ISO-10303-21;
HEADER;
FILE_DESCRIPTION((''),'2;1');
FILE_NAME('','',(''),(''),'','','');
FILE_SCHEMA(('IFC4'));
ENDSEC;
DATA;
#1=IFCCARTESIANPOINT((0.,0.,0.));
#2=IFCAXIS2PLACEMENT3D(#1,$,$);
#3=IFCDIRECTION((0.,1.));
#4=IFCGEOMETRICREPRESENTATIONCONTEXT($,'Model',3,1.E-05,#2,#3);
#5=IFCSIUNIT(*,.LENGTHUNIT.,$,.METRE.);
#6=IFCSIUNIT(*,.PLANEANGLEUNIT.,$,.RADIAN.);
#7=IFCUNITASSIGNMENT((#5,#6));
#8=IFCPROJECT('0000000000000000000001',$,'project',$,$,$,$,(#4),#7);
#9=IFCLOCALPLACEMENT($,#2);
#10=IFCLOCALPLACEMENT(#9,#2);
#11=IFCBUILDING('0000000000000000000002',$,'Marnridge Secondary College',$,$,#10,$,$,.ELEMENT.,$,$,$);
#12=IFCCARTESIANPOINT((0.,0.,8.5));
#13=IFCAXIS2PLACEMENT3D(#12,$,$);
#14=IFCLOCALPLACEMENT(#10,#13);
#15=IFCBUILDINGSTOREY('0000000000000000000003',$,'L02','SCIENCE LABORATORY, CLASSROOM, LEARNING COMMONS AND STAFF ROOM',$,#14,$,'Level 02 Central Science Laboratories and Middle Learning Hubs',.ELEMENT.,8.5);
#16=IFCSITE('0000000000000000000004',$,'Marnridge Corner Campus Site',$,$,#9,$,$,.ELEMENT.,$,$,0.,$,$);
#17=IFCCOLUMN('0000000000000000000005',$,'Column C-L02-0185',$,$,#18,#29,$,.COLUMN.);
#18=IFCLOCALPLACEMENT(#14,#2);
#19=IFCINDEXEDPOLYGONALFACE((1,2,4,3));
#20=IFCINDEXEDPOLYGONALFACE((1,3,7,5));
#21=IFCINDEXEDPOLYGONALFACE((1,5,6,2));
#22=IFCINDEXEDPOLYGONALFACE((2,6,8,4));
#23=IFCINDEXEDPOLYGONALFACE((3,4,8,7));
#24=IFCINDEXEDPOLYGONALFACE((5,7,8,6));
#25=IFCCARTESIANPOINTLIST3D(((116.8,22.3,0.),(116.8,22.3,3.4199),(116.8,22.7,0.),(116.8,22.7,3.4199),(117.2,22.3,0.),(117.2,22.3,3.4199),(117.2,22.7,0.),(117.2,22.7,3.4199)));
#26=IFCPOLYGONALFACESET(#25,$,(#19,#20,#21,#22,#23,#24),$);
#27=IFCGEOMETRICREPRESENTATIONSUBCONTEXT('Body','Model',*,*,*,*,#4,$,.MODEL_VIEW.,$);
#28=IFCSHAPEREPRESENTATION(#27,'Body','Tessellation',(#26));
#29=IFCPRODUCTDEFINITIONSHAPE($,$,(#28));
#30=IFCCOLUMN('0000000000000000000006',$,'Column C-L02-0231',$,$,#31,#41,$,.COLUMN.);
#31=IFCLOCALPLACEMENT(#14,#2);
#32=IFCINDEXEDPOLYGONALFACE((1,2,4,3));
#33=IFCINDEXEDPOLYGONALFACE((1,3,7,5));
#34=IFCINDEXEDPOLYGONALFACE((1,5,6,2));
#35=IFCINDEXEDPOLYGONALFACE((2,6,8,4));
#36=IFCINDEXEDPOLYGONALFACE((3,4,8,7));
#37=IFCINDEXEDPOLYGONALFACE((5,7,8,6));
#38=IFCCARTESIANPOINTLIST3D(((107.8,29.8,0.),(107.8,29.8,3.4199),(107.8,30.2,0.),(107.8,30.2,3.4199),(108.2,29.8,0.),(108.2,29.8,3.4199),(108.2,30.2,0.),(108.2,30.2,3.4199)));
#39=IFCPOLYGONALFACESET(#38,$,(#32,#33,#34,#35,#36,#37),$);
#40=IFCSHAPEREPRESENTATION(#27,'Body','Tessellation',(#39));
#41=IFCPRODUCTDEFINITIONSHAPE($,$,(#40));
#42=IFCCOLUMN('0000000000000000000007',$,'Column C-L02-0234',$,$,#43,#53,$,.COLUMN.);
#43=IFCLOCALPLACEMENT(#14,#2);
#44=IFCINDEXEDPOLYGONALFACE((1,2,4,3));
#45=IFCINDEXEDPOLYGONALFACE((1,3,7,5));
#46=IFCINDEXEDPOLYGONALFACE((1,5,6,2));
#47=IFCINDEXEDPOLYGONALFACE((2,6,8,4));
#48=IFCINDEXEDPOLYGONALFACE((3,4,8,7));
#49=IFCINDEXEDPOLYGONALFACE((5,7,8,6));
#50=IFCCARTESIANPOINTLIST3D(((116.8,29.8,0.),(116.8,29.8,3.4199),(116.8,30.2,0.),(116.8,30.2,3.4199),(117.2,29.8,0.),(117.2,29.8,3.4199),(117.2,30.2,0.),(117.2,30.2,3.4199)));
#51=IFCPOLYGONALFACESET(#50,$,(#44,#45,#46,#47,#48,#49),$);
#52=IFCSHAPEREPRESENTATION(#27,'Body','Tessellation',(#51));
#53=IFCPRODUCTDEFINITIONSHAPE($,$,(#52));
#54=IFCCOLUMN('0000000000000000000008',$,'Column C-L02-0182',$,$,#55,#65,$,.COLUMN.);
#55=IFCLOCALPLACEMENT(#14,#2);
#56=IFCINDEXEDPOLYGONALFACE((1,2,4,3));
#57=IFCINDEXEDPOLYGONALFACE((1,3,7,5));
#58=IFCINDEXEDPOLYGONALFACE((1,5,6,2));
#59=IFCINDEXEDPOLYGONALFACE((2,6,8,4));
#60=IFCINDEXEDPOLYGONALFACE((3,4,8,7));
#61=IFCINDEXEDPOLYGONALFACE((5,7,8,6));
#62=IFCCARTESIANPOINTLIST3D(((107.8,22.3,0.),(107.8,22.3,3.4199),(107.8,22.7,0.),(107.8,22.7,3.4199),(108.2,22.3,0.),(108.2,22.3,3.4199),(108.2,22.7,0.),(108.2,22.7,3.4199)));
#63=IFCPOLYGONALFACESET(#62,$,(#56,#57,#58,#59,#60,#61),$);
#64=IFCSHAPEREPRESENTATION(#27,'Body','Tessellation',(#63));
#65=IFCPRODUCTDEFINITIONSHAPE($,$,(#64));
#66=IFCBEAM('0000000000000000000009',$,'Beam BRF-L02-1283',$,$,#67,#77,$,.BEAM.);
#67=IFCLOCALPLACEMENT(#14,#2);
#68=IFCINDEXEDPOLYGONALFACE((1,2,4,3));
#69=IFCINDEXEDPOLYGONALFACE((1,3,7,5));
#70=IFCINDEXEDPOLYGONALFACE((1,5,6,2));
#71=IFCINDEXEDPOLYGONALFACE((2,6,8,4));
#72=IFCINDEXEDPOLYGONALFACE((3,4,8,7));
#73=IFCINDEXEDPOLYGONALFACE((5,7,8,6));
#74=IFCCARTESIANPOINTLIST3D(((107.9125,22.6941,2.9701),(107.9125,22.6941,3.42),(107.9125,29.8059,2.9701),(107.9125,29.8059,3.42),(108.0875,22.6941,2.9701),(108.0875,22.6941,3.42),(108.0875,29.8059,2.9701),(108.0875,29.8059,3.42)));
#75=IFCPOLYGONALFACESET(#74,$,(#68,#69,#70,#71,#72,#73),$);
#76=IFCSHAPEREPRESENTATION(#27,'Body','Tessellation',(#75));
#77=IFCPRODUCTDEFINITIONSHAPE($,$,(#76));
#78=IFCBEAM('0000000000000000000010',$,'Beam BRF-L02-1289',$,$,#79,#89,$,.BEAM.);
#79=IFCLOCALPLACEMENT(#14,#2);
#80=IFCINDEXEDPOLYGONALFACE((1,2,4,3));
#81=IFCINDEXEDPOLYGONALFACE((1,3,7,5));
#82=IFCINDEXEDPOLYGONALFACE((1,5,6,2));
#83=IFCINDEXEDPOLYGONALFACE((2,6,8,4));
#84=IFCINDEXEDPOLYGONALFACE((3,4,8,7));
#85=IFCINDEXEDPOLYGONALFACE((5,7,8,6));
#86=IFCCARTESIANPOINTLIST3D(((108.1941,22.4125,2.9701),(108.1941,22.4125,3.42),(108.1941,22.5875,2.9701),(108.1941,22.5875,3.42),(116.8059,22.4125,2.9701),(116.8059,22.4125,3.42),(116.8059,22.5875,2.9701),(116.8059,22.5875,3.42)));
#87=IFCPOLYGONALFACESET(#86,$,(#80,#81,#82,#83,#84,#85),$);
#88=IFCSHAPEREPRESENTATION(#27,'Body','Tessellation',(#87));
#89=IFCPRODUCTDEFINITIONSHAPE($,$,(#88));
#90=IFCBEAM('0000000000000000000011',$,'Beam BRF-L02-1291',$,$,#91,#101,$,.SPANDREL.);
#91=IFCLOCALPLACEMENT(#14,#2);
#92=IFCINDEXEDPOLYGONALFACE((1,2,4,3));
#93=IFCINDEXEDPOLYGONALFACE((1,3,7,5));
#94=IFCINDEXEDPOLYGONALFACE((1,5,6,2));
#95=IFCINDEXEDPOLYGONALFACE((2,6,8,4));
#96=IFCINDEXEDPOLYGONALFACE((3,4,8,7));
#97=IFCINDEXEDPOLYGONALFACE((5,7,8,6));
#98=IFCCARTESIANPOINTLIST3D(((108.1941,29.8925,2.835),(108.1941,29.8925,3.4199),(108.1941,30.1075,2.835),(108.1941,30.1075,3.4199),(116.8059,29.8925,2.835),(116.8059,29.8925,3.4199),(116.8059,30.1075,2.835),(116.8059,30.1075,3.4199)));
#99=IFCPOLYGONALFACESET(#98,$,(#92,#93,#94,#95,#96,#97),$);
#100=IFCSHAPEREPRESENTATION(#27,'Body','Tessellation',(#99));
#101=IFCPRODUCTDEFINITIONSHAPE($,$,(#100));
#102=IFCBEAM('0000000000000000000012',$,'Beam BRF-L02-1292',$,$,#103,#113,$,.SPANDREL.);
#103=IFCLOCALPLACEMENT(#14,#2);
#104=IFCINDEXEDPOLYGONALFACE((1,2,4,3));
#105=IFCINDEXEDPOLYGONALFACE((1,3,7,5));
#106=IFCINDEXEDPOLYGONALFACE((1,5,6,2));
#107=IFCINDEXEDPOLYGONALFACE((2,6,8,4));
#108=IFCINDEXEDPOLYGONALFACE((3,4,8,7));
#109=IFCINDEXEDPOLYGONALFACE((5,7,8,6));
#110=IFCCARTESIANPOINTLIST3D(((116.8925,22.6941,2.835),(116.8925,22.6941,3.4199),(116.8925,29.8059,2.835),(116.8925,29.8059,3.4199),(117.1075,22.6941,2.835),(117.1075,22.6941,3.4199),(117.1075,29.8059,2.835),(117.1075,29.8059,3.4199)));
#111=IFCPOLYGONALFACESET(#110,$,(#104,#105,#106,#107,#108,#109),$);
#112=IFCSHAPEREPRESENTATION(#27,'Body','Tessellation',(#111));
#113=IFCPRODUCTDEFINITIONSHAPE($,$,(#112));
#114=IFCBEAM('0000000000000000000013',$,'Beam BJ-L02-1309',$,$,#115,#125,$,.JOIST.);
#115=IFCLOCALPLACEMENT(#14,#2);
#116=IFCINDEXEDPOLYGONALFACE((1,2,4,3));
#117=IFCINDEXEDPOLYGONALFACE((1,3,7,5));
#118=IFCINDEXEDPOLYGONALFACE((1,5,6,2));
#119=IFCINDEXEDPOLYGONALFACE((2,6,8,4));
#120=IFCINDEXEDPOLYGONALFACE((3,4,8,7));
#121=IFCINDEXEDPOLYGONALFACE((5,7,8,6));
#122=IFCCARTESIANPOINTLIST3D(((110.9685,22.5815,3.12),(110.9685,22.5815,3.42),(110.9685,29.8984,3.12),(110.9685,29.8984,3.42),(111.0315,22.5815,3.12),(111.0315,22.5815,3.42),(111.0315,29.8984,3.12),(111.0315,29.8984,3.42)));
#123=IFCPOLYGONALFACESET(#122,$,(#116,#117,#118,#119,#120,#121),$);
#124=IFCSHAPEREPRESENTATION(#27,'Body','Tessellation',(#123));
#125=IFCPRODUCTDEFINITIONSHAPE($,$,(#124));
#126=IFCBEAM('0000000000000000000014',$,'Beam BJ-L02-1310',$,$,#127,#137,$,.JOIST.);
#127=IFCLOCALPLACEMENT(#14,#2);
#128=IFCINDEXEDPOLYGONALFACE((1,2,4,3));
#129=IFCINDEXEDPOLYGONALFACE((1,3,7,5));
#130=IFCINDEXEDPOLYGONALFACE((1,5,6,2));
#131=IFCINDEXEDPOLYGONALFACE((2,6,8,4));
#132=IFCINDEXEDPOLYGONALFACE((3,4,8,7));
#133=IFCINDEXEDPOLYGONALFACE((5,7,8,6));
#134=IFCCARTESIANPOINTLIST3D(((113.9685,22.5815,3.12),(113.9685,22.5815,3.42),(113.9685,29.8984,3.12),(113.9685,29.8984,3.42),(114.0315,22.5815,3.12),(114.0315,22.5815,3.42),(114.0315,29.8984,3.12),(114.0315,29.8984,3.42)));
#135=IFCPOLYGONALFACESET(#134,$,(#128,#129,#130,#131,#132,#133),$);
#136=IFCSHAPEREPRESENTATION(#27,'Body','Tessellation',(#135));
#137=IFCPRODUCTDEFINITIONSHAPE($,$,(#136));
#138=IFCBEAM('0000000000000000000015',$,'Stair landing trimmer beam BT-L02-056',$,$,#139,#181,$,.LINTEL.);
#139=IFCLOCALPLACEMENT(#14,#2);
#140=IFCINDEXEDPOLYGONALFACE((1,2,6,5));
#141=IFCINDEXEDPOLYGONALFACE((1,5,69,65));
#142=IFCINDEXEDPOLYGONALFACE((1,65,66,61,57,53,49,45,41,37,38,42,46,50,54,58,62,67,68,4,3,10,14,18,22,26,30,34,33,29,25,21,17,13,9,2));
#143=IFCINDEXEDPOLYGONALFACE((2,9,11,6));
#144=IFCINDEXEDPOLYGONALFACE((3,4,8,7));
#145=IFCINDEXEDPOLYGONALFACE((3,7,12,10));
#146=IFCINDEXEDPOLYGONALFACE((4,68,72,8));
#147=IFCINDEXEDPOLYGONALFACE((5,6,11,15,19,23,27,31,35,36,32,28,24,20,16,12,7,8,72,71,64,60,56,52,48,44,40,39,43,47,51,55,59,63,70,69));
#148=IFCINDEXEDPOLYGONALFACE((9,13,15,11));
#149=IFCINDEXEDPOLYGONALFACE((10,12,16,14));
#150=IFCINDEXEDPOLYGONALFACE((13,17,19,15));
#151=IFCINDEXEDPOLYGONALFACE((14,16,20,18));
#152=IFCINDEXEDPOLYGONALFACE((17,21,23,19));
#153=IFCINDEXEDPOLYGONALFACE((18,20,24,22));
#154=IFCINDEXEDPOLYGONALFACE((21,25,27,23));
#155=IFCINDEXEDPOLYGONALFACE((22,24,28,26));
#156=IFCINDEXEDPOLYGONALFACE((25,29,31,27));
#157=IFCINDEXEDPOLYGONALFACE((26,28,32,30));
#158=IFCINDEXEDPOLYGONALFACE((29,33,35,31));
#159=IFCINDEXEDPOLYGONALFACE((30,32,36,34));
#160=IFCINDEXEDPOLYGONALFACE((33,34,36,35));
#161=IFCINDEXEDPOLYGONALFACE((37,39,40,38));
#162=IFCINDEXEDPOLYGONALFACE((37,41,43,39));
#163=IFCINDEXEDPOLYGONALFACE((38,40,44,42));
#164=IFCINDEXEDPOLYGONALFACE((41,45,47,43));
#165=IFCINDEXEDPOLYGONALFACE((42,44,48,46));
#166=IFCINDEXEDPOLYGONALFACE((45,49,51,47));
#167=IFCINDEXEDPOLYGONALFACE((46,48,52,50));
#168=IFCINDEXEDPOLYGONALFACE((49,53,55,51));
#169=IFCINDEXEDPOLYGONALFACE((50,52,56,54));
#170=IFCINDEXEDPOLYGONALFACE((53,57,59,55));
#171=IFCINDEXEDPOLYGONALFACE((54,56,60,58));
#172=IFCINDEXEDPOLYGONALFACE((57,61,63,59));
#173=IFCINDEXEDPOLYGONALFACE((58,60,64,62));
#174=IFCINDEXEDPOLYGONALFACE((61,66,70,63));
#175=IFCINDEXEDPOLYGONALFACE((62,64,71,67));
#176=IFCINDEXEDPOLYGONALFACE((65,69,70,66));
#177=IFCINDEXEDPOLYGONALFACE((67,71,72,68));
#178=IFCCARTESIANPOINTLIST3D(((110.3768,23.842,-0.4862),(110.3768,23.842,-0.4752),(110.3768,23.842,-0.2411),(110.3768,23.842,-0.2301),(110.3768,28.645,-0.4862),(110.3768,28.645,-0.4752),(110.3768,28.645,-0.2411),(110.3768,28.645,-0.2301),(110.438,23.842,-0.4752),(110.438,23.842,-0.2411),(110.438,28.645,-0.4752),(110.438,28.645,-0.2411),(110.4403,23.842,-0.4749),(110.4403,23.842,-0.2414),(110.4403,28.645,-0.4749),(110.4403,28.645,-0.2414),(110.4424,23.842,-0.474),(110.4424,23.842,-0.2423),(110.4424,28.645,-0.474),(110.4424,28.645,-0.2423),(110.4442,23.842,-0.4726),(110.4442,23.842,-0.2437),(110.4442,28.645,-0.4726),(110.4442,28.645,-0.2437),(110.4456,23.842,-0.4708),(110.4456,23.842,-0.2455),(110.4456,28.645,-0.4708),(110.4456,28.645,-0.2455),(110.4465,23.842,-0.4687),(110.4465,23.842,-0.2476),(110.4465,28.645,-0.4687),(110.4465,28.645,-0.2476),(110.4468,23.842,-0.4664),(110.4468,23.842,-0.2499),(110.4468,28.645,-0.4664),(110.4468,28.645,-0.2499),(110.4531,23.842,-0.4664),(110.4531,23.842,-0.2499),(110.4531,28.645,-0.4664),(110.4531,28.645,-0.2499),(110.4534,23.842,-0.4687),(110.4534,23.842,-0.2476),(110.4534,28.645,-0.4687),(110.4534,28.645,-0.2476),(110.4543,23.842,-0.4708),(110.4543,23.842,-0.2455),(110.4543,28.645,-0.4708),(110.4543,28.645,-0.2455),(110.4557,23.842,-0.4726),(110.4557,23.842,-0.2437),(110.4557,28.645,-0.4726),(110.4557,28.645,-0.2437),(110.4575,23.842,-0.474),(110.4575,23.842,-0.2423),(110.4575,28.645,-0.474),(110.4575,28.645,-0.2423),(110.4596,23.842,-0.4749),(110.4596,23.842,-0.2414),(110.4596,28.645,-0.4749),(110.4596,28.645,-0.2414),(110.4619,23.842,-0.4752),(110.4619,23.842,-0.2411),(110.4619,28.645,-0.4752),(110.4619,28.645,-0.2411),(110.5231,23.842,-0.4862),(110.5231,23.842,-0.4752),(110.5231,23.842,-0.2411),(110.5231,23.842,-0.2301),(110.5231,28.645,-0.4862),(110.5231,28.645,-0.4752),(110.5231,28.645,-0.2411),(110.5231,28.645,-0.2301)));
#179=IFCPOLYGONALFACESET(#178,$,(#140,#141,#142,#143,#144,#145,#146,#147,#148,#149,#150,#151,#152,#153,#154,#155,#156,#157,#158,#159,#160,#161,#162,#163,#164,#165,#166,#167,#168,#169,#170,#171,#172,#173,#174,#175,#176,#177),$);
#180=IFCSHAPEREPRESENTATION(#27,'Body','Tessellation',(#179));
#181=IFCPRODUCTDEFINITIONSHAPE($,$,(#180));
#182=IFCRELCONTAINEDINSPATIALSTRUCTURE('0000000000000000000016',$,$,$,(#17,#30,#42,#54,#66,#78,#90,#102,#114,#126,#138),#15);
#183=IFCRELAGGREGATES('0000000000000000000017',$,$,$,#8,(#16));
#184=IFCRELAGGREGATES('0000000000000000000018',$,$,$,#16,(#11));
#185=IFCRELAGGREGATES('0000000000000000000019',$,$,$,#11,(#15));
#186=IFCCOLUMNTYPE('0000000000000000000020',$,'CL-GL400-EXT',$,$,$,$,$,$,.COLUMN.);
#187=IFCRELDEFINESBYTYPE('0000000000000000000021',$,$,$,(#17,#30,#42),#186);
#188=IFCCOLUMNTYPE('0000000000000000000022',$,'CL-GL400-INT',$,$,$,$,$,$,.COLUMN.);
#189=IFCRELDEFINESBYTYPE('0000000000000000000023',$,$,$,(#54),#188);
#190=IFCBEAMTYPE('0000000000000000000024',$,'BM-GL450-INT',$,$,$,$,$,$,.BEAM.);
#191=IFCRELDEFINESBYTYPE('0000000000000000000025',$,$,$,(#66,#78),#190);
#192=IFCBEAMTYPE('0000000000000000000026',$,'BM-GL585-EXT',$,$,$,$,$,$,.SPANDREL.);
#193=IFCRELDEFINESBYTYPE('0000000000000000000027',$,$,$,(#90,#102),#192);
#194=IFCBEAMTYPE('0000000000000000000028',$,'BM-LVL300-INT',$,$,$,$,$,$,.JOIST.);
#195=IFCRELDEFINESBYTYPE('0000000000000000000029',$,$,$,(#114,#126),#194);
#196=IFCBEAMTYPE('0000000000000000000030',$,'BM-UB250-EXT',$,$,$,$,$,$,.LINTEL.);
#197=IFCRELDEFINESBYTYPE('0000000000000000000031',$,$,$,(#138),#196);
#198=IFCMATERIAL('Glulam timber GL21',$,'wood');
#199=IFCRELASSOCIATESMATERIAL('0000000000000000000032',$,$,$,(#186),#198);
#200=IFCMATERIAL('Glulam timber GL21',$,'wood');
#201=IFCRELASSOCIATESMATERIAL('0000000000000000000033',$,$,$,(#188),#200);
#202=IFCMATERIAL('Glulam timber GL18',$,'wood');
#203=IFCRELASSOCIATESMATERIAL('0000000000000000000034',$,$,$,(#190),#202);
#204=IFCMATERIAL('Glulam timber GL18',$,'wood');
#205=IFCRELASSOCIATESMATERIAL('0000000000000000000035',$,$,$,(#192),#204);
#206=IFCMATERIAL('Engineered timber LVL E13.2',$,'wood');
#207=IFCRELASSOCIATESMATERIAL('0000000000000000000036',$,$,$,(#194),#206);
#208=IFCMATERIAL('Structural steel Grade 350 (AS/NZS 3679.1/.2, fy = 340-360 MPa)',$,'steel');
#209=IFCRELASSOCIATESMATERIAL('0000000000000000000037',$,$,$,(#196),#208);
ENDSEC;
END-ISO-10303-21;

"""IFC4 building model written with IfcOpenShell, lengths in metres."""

from ifc_helpers import new_model, si_unit, direction, frame, origin, origin_2d, place, context, subcontext, project, spatial, rectangle, i_section, extrude, material, material_profile, profile_set, type_object, element, save


model = new_model("IFC4")

# Units and contexts
model_context = context("Model", 3, precision=1e-05, world=origin(), true_north=direction((0.0, 1.0)))
body_context = subcontext(model_context, "Body", "Model", "MODEL_VIEW")
ifc_project = project(units=[si_unit("LENGTHUNIT", "METRE"), si_unit("PLANEANGLEUNIT", "RADIAN")], contexts=[model_context])

# Site, building, storey
site_placement = place(None, origin())
site = spatial("IfcSite", under=ifc_project, at=site_placement, Name="Marnridge Corner Campus Site", CompositionType="ELEMENT", RefElevation=0.0)
building_placement = place(site_placement, origin())
building = spatial("IfcBuilding", under=site, at=building_placement, Name="Marnridge Secondary College", CompositionType="ELEMENT")
storey_placement = place(building_placement, frame((0.0, 0.0, 8.5)))
storey = spatial("IfcBuildingStorey", under=building, at=storey_placement, Name="L02", Description="SCIENCE LABORATORY, CLASSROOM, LEARNING COMMONS AND STAFF ROOM", LongName="Level 02 Central Science Laboratories and Middle Learning Hubs", CompositionType="ELEMENT", Elevation=8.5)

# Columns
ifc_material_1 = material(Name="Glulam timber GL21", Category="wood")
ifc_material_profile_1 = material_profile(ifc_material_1, rectangle(XDim=0.3999, YDim=0.3999, at=origin_2d()), Name="GL21 400x400")
ifc_profile_set_1 = profile_set([ifc_material_profile_1], Name="Glulam timber GL21")
column_type_1 = type_object("IfcColumnType", Name="CL-GL400-EXT", PredefinedType="COLUMN", material=ifc_profile_set_1)
for number, where, z_axis, x_axis, name in (
    (1, (117.0, 22.5, 0.0), (0.0, 0.0, 1.0), (1.0, 0.0, 0.0), "Column C-L02-0185"),
    (2, (108.0, 30.0, 0.0), (0.0, 0.0, 1.0), (1.0, 0.0, 0.0), "Column C-L02-0231"),
    (3, (117.0, 30.0, 0.0), (0.0, 0.0, 1.0), (1.0, 0.0, 0.0), "Column C-L02-0234"),
):
    element("IfcColumn", number, at=place(storey_placement, frame(where, z_axis=z_axis, x_axis=x_axis)), inside=storey, type_object=column_type_1, Name=name, PredefinedType="COLUMN", context=body_context, shape_type="SweptSolid", body=[
        extrude(rectangle(XDim=0.3999, YDim=0.3999, at=origin_2d()), origin(), (0.0, 0.0, 1.0), 3.4199),
    ])
ifc_material_2 = material(Name="Glulam timber GL21", Category="wood")
ifc_material_profile_2 = material_profile(ifc_material_2, rectangle(XDim=0.3999, YDim=0.3999, at=origin_2d()), Name="GL21 400x400")
ifc_profile_set_2 = profile_set([ifc_material_profile_2], Name="Glulam timber GL21")
column_type_2 = type_object("IfcColumnType", Name="CL-GL400-INT", PredefinedType="COLUMN", material=ifc_profile_set_2)
column_placement = place(storey_placement, frame((108.0, 22.5, 0.0), z_axis=(0.0, 0.0, 1.0), x_axis=(1.0, 0.0, 0.0)))
element("IfcColumn", 4, at=column_placement, inside=storey, type_object=column_type_2, Name="Column C-L02-0182", PredefinedType="COLUMN", context=body_context, shape_type="SweptSolid", body=[
    extrude(rectangle(XDim=0.3999, YDim=0.3999, at=origin_2d()), origin(), (0.0, 0.0, 1.0), 3.4199),
])

# Beams
ifc_material_3 = material(Name="Glulam timber GL18", Category="wood")
ifc_material_profile_3 = material_profile(ifc_material_3, rectangle(XDim=0.175, YDim=0.45, at=origin_2d()), Name="GL18 175x450")
ifc_profile_set_3 = profile_set([ifc_material_profile_3], Name="Glulam timber GL18")
beam_type_1 = type_object("IfcBeamType", Name="BM-GL450-INT", PredefinedType="BEAM", material=ifc_profile_set_3)
beam_1_placement = place(storey_placement, frame((108.0, 22.6941, 3.1951), z_axis=(0.0, 1.0, 0.0), x_axis=(-1.0, 0.0, 0.0)))
element("IfcBeam", 5, at=beam_1_placement, inside=storey, type_object=beam_type_1, Name="Beam BRF-L02-1283", PredefinedType="BEAM", context=body_context, shape_type="SweptSolid", body=[
    extrude(rectangle(XDim=0.175, YDim=0.45, at=origin_2d()), origin(), (0.0, 0.0, 1.0), 7.1118),
])
beam_2_placement = place(storey_placement, frame((108.1941, 22.5, 3.1951), z_axis=(1.0, 0.0, 0.0), x_axis=(0.0, 1.0, 0.0)))
element("IfcBeam", 6, at=beam_2_placement, inside=storey, type_object=beam_type_1, Name="Beam BRF-L02-1289", PredefinedType="BEAM", context=body_context, shape_type="SweptSolid", body=[
    extrude(rectangle(XDim=0.175, YDim=0.45, at=origin_2d()), origin(), (0.0, 0.0, 1.0), 8.6118),
])
ifc_material_4 = material(Name="Glulam timber GL18", Category="wood")
ifc_material_profile_4 = material_profile(ifc_material_4, rectangle(XDim=0.2151, YDim=0.585, at=origin_2d()), Name="GL18 215x585")
ifc_profile_set_4 = profile_set([ifc_material_profile_4], Name="Glulam timber GL18")
beam_type_2 = type_object("IfcBeamType", Name="BM-GL585-EXT", PredefinedType="SPANDREL", material=ifc_profile_set_4)
beam_3_placement = place(storey_placement, frame((108.1941, 30.0, 3.1274), z_axis=(1.0, 0.0, 0.0), x_axis=(0.0, 1.0, 0.0)))
element("IfcBeam", 7, at=beam_3_placement, inside=storey, type_object=beam_type_2, Name="Beam BRF-L02-1291", PredefinedType="SPANDREL", context=body_context, shape_type="SweptSolid", body=[
    extrude(rectangle(XDim=0.2151, YDim=0.585, at=origin_2d()), origin(), (0.0, 0.0, 1.0), 8.6118),
])
beam_4_placement = place(storey_placement, frame((117.0, 22.6941, 3.1274), z_axis=(0.0, 1.0, 0.0), x_axis=(-1.0, 0.0, 0.0)))
element("IfcBeam", 8, at=beam_4_placement, inside=storey, type_object=beam_type_2, Name="Beam BRF-L02-1292", PredefinedType="SPANDREL", context=body_context, shape_type="SweptSolid", body=[
    extrude(rectangle(XDim=0.2151, YDim=0.585, at=origin_2d()), origin(), (0.0, 0.0, 1.0), 7.1118),
])
ifc_material_5 = material(Name="Engineered timber LVL E13.2", Category="wood")
ifc_material_profile_5 = material_profile(ifc_material_5, rectangle(XDim=0.063, YDim=0.3, at=origin_2d()), Name="LVL 63x300")
ifc_profile_set_5 = profile_set([ifc_material_profile_5], Name="Engineered timber LVL E13.2")
beam_type_3 = type_object("IfcBeamType", Name="BM-LVL300-INT", PredefinedType="JOIST", material=ifc_profile_set_5)
for number, where, z_axis, x_axis, name in (
    (9, (111.0, 22.5815, 3.27), (0.0, 1.0, 0.0), (-1.0, 0.0, 0.0), "Beam BJ-L02-1309"),
    (10, (114.0, 22.5815, 3.27), (0.0, 1.0, 0.0), (-1.0, 0.0, 0.0), "Beam BJ-L02-1310"),
):
    element("IfcBeam", number, at=place(storey_placement, frame(where, z_axis=z_axis, x_axis=x_axis)), inside=storey, type_object=beam_type_3, Name=name, PredefinedType="JOIST", context=body_context, shape_type="SweptSolid", body=[
        extrude(rectangle(XDim=0.063, YDim=0.3, at=origin_2d()), origin(), (0.0, 0.0, 1.0), 7.3169),
    ])
ifc_material_6 = material(Name="Structural steel Grade 350 (AS/NZS 3679.1/.2, fy = 340-360 MPa)", Category="steel")
ifc_material_profile_6 = material_profile(ifc_material_6, i_section(OverallWidth=0.1462, OverallDepth=0.2561, WebThickness=0.0063, FlangeThickness=0.011, FilletRadius=0.0088, at=origin_2d()), Name="250UB37.3")
ifc_profile_set_6 = profile_set([ifc_material_profile_6], Name="Structural steel Grade 350 (AS/NZS 3679.1/.2, fy = 340-360 MPa)")
beam_type_4 = type_object("IfcBeamType", Name="BM-UB250-EXT", PredefinedType="LINTEL", material=ifc_profile_set_6)
beam_5_placement = place(storey_placement, frame((110.45, 23.842, -0.3582), z_axis=(0.0, 1.0, 0.0), x_axis=(-1.0, 0.0, 0.0)))
element("IfcBeam", 11, at=beam_5_placement, inside=storey, type_object=beam_type_4, Name="Stair landing trimmer beam BT-L02-056", PredefinedType="LINTEL", context=body_context, shape_type="SweptSolid", body=[
    extrude(i_section(OverallWidth=0.1462, OverallDepth=0.2561, WebThickness=0.0063, FlangeThickness=0.011, FilletRadius=0.0088, at=origin_2d()), origin(), (0.0, 0.0, 1.0), 4.803),
])

save(model, "model.ifc")
